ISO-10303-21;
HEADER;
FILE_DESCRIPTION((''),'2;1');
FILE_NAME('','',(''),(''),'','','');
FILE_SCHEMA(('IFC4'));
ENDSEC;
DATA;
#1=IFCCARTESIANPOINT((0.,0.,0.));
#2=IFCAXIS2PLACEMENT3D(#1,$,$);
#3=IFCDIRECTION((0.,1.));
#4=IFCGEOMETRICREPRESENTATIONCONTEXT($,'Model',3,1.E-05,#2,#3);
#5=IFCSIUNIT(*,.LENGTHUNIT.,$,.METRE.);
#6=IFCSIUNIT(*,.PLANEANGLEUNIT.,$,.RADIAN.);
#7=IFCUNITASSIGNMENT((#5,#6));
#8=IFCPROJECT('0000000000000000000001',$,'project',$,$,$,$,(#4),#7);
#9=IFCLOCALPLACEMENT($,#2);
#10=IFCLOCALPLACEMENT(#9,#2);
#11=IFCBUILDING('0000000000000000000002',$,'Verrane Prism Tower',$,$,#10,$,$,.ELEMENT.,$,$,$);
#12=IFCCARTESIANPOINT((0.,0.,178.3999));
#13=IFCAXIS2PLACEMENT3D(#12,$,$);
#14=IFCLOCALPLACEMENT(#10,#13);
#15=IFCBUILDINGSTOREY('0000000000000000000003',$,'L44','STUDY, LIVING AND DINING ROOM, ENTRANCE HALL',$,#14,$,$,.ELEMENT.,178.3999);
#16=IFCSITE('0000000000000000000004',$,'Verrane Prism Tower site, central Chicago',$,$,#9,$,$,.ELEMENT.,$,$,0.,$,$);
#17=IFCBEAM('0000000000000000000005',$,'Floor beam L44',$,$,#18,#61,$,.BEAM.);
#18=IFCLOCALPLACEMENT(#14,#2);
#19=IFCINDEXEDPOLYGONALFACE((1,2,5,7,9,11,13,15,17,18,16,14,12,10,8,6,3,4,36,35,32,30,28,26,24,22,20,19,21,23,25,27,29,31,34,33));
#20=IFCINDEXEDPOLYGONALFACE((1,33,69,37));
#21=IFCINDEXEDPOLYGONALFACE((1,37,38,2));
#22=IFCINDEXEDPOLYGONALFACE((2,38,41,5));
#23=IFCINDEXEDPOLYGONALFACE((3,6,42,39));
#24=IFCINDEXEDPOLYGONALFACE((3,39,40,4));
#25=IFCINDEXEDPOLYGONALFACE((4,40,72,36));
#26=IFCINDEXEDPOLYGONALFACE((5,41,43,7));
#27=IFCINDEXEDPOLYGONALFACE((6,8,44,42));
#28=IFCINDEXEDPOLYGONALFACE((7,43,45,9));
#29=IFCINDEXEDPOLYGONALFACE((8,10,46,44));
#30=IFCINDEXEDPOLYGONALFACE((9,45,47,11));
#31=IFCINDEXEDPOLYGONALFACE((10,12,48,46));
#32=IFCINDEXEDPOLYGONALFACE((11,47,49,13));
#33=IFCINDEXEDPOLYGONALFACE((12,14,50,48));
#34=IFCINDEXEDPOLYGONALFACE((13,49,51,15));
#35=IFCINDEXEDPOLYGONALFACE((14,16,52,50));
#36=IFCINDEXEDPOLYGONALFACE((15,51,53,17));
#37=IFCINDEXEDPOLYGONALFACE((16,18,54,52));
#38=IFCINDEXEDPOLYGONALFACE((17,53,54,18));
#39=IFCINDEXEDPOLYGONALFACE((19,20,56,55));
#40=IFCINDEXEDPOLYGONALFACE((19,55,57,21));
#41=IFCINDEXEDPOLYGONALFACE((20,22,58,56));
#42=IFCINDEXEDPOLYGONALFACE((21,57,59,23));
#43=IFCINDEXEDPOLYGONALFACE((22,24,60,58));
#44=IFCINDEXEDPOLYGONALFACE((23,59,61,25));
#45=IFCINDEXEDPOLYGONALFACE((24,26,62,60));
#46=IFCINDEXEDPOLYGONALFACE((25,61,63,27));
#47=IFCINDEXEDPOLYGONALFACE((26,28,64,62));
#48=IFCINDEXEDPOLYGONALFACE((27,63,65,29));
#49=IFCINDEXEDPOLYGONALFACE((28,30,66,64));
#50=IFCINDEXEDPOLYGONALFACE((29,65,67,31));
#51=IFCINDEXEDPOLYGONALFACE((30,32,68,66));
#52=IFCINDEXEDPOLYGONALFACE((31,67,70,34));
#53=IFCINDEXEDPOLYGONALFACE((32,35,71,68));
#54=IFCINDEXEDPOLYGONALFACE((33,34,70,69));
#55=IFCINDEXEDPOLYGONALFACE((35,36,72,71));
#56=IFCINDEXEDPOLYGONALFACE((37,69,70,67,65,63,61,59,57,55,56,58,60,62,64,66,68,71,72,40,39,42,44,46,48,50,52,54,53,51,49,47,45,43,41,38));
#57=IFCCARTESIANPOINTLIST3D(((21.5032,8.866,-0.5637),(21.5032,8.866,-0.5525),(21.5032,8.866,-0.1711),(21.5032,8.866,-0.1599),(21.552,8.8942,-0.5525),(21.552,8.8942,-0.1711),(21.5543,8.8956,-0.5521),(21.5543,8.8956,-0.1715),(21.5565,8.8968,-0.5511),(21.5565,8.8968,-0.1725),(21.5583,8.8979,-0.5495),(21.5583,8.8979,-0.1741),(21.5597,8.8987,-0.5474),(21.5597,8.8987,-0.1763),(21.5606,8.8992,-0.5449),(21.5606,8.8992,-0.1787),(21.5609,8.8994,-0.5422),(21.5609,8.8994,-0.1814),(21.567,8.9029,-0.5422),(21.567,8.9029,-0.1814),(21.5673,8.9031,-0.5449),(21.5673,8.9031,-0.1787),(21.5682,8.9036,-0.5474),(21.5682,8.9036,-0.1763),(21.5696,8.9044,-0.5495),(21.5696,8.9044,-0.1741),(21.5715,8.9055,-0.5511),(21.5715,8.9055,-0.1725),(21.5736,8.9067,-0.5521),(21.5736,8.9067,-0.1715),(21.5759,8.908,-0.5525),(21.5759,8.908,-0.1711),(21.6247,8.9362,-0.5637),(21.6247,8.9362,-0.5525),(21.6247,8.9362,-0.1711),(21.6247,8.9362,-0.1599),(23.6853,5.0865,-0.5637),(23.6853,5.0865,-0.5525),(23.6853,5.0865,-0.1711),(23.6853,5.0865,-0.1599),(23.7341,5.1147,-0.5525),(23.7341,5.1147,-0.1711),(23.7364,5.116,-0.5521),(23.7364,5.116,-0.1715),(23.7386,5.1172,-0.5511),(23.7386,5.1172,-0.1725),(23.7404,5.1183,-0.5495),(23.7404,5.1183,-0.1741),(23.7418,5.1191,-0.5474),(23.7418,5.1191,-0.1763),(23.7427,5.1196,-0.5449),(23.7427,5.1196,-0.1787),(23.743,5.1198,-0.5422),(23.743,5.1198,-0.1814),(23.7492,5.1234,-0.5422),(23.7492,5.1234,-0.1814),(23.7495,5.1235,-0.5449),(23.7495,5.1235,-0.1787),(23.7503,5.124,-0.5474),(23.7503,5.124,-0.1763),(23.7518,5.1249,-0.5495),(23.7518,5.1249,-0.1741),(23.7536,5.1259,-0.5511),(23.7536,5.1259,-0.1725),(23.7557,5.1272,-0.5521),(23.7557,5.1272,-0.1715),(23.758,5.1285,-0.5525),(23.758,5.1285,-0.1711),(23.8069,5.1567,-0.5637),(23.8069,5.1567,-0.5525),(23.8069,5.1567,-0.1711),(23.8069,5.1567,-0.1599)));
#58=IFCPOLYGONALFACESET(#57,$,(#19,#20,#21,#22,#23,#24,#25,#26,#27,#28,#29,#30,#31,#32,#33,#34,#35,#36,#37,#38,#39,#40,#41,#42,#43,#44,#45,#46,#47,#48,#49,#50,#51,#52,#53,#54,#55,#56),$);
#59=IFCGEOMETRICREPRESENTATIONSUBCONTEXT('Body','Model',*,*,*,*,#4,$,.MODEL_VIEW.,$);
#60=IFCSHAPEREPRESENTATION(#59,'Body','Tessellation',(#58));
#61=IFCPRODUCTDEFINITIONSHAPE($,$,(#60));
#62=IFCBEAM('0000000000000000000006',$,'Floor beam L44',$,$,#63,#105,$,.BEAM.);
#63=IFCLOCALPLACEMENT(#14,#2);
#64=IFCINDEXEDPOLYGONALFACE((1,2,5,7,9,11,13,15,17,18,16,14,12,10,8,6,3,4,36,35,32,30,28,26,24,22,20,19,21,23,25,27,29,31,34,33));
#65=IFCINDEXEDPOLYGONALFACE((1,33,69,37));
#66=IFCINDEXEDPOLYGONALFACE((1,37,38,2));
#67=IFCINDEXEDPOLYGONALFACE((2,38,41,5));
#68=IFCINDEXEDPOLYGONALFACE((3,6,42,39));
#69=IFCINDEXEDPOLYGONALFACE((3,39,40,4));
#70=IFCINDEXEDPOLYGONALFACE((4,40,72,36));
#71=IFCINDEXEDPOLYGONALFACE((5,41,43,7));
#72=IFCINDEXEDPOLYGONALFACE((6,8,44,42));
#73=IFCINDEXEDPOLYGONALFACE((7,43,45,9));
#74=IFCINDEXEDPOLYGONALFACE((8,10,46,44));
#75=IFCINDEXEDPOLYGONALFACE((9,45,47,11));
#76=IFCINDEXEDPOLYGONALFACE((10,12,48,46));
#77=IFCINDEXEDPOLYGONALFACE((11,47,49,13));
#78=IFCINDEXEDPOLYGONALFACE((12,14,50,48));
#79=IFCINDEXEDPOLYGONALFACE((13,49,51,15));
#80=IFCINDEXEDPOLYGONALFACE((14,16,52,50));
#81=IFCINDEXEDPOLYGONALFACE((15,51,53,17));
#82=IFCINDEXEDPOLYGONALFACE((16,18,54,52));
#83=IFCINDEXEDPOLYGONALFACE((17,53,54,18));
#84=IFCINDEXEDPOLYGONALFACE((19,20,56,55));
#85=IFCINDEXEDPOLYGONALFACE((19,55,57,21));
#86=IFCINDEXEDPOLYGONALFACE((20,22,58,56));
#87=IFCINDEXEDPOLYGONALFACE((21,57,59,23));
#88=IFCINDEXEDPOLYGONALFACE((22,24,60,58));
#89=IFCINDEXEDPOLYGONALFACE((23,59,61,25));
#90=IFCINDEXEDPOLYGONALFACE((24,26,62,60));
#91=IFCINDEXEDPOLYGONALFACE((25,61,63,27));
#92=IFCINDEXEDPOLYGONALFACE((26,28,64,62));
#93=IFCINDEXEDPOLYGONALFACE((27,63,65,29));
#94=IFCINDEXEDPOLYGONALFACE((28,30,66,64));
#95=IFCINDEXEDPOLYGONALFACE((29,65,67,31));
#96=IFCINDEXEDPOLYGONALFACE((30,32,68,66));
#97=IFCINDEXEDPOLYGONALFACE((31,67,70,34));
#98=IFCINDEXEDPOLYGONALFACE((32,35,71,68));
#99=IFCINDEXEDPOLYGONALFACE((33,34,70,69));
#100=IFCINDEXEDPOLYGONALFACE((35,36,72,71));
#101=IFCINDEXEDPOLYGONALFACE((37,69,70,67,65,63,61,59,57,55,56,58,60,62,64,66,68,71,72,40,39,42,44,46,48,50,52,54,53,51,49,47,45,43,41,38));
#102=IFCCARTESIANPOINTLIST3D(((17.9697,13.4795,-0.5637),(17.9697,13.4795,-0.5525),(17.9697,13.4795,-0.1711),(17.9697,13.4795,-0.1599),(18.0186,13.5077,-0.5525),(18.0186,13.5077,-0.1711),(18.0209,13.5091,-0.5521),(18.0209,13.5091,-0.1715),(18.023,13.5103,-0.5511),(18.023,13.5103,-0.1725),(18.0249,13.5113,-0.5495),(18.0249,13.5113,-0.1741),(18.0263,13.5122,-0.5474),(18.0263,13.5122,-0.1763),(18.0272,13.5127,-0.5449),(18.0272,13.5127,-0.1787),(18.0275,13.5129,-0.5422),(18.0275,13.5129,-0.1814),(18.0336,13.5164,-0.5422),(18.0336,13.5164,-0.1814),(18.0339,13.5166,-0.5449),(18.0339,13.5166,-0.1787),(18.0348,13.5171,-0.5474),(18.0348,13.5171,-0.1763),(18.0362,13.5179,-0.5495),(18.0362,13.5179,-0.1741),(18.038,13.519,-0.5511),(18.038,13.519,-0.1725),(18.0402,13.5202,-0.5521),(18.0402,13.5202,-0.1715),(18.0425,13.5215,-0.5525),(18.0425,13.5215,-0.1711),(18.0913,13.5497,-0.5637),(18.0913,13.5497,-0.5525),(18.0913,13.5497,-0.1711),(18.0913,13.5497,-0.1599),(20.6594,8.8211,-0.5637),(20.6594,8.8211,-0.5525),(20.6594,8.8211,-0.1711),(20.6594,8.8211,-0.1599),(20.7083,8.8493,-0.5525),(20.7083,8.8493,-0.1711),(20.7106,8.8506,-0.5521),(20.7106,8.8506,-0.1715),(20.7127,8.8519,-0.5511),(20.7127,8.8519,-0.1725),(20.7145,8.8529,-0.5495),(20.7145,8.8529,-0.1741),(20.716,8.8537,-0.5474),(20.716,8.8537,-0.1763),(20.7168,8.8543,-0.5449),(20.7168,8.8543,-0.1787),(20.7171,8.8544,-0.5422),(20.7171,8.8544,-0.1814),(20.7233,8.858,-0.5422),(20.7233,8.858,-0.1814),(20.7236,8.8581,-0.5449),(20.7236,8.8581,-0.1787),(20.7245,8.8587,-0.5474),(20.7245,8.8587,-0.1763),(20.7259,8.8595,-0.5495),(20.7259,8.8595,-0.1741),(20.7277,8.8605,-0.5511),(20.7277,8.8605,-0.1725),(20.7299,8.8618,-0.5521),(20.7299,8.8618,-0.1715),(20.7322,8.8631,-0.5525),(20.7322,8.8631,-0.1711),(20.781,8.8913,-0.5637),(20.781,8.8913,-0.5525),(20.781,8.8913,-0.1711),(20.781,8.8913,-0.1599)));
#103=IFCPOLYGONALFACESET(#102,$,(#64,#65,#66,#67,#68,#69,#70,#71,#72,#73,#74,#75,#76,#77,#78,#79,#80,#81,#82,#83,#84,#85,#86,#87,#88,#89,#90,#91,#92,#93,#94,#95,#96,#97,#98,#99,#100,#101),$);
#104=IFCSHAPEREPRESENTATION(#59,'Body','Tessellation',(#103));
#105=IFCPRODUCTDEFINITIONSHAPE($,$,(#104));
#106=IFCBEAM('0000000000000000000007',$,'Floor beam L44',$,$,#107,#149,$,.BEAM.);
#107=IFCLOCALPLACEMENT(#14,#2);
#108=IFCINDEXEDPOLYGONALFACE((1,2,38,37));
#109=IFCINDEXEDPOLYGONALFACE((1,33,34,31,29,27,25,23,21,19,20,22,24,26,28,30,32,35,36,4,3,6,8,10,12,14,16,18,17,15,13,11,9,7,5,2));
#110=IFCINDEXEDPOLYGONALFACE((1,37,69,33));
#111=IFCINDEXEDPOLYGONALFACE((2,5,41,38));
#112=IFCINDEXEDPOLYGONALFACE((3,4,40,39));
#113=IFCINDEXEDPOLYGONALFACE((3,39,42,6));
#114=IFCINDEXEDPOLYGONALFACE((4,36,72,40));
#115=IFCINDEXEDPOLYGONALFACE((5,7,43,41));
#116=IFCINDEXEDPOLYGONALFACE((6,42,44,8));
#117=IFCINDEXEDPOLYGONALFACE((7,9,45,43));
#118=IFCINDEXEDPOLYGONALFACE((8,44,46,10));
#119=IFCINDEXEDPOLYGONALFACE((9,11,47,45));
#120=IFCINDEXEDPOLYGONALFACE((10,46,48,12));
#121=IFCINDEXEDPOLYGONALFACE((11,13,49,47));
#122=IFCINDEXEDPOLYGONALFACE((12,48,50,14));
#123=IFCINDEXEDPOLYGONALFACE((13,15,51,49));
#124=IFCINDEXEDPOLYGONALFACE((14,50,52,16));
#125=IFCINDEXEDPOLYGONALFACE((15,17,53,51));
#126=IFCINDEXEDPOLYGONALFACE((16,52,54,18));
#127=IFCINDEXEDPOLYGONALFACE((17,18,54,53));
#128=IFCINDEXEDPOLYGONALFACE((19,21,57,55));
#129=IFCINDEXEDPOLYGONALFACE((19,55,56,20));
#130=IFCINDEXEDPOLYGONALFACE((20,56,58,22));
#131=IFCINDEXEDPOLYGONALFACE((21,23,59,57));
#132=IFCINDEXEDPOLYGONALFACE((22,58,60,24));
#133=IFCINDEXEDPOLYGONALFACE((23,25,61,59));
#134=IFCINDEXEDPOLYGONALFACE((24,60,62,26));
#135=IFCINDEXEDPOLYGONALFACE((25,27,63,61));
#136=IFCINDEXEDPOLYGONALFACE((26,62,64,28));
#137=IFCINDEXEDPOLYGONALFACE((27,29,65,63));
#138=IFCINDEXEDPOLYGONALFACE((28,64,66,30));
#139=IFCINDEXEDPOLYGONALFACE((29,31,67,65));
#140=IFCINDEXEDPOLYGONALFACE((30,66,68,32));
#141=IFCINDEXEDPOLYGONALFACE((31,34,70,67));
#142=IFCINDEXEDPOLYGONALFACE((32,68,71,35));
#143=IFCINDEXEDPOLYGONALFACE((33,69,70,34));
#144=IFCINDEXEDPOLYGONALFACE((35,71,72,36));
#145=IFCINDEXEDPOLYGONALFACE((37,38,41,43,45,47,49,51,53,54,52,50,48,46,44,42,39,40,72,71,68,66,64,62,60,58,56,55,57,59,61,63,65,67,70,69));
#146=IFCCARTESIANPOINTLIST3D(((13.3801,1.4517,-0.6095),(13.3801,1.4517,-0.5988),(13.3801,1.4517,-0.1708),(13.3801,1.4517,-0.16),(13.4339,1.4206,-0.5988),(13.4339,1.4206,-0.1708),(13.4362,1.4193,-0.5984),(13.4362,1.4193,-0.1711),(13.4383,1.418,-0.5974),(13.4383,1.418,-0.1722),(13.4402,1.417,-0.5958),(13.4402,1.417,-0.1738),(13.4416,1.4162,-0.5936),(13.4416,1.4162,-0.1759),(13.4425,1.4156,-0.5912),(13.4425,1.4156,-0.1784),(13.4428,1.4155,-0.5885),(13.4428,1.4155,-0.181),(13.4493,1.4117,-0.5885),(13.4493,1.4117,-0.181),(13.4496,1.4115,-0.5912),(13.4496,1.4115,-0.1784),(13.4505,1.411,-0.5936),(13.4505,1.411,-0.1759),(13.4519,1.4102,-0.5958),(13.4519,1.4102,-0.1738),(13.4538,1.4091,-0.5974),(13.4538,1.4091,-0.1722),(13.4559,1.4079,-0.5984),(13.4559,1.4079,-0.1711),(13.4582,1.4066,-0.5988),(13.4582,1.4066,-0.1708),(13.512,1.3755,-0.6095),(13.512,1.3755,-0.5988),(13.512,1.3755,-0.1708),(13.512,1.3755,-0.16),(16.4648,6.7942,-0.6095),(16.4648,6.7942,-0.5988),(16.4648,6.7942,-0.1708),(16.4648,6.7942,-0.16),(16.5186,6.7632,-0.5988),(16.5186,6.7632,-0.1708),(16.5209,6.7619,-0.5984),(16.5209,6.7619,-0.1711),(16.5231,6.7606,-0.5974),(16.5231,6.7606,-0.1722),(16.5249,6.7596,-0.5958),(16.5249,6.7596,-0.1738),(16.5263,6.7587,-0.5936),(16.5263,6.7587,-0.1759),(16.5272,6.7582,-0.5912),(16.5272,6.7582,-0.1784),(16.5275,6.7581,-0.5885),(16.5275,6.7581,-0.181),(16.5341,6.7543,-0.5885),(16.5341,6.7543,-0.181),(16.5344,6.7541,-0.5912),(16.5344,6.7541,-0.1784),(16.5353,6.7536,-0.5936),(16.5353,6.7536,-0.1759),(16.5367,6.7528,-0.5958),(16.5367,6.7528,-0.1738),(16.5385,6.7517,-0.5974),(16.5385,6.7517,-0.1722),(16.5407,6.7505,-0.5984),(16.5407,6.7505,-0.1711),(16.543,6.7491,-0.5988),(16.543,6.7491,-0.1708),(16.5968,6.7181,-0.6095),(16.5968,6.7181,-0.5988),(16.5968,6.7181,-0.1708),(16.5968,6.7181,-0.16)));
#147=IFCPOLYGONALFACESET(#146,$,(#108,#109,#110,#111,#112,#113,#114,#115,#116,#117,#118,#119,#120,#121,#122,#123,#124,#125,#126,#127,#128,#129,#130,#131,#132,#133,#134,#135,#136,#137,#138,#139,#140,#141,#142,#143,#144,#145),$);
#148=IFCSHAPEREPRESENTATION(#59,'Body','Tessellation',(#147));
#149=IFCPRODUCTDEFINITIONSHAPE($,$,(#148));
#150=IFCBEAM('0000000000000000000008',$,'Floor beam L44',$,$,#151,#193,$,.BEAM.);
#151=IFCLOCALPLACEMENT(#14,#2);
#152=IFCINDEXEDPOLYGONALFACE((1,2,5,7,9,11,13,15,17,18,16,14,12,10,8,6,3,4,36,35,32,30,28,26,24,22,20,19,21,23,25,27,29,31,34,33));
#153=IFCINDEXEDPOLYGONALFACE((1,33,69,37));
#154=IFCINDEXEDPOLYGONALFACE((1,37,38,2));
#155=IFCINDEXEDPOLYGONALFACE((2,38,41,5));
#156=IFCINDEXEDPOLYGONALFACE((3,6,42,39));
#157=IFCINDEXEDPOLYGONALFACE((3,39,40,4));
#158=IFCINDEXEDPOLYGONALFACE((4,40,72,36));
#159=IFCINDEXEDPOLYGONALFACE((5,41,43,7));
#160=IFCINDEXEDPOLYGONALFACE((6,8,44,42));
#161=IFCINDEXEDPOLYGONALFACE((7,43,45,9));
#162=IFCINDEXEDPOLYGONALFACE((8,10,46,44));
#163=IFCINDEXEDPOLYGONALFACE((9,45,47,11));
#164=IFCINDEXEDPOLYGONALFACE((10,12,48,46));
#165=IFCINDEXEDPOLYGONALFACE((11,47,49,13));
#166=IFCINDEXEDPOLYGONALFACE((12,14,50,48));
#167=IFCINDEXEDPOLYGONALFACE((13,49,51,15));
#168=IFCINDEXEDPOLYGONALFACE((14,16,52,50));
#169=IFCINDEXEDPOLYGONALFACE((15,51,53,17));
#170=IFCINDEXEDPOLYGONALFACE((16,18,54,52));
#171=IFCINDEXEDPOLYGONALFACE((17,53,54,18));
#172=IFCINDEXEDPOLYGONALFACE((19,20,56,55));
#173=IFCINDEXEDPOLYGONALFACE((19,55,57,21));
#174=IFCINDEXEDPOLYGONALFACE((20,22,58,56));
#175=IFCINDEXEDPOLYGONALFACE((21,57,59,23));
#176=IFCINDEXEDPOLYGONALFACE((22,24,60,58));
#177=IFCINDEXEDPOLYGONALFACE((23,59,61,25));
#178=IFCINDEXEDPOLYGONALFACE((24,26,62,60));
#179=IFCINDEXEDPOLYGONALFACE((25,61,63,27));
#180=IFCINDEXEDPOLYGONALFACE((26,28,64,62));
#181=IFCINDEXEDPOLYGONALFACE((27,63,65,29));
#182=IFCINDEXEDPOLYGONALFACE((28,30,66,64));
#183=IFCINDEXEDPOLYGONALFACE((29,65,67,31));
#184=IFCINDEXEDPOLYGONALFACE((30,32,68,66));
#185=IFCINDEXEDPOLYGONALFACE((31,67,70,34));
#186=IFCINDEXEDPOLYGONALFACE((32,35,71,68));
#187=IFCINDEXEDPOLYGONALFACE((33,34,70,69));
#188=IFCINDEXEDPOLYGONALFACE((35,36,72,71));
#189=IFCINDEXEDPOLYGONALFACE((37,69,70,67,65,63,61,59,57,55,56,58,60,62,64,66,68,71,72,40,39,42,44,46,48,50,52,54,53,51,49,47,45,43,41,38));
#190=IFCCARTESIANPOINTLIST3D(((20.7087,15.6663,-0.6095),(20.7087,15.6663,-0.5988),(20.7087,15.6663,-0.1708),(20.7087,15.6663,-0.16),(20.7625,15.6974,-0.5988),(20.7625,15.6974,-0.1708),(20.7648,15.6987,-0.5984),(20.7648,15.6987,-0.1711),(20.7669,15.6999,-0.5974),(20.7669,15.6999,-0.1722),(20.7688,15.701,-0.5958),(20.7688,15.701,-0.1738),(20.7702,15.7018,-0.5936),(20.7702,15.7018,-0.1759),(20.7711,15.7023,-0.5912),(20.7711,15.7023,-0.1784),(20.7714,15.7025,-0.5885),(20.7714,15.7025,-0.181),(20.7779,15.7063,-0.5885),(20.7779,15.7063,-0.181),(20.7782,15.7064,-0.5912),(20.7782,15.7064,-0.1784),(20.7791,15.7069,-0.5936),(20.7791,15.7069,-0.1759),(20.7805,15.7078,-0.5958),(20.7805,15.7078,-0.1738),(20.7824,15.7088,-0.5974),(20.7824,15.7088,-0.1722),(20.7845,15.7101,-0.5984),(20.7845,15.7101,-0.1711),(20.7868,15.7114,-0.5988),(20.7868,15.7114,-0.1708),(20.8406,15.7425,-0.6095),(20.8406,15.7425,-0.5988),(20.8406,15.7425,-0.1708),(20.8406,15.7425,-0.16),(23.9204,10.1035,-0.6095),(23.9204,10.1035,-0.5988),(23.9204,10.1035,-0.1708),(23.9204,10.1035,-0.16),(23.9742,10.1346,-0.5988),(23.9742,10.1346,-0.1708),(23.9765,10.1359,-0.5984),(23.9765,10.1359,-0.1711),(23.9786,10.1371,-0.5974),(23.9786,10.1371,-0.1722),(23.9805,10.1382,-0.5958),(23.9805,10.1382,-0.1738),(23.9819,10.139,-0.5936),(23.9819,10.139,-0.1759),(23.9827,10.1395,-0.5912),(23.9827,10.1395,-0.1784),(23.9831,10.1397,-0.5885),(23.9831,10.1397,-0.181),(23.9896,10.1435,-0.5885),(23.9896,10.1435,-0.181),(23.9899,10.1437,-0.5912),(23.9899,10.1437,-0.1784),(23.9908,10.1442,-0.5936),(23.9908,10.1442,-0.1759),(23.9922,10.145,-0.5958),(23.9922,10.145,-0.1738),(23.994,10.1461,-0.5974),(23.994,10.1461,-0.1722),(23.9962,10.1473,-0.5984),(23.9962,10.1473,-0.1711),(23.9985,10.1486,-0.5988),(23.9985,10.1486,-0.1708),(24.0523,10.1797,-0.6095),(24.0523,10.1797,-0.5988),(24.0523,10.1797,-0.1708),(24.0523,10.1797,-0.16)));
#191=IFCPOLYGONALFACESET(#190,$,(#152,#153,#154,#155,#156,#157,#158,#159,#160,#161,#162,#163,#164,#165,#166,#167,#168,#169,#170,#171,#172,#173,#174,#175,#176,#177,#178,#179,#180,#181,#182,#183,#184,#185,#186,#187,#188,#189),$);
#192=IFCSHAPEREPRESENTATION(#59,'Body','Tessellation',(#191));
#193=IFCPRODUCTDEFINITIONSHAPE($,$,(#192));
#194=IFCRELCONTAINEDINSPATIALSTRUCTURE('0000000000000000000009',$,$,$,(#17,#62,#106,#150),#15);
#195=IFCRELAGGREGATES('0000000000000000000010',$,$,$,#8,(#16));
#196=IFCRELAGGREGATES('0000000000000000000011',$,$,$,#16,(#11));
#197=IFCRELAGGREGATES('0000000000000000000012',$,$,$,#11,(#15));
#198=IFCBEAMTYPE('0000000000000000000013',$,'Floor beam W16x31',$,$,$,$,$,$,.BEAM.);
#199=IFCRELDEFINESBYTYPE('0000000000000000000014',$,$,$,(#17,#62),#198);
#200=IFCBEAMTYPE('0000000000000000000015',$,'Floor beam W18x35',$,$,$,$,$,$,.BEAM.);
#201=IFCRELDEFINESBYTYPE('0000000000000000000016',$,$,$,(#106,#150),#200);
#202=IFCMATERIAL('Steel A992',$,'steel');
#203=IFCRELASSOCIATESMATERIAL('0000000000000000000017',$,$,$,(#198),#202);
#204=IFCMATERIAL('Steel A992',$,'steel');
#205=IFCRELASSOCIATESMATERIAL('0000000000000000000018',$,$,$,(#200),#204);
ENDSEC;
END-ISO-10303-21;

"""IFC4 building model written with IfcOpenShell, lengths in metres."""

from ifc_helpers import new_model, si_unit, direction, frame, origin, origin_2d, place, context, subcontext, project, spatial, i_section, extrude, material, material_profile, profile_set, type_object, element, save


model = new_model("IFC4")

# Units and contexts
model_context = context("Model", 3, precision=1e-05, world=origin(), true_north=direction((0.0, 1.0)))
body_context = subcontext(model_context, "Body", "Model", "MODEL_VIEW")
ifc_project = project(units=[si_unit("LENGTHUNIT", "METRE"), si_unit("PLANEANGLEUNIT", "RADIAN")], contexts=[model_context])

# Site, building, storey
site_placement = place(None, origin())
site = spatial("IfcSite", under=ifc_project, at=site_placement, Name="Verrane Prism Tower site, central Chicago", CompositionType="ELEMENT", RefElevation=0.0)
building_placement = place(site_placement, origin())
building = spatial("IfcBuilding", under=site, at=building_placement, Name="Verrane Prism Tower", CompositionType="ELEMENT")
storey_placement = place(building_placement, frame((0.0, 0.0, 178.3999)))
storey = spatial("IfcBuildingStorey", under=building, at=storey_placement, Name="L44", Description="STUDY, LIVING AND DINING ROOM, ENTRANCE HALL", CompositionType="ELEMENT", Elevation=178.3999)

# Beams
ifc_material_1 = material(Name="Steel A992", Category="steel")
ifc_material_profile_1 = material_profile(ifc_material_1, i_section(OverallWidth=0.1404, OverallDepth=0.4038, WebThickness=0.0071, FlangeThickness=0.0112, FilletRadius=0.0103, at=origin_2d()), Name="W16x31")
ifc_profile_set_1 = profile_set([ifc_material_profile_1], Name="Steel A992")
beam_type_1 = type_object("IfcBeamType", Name="Floor beam W16x31", PredefinedType="BEAM", material=ifc_profile_set_1)
beam_1_placement = place(storey_placement, frame((23.7461, 5.1216, -0.3618), z_axis=(-0.500002, 0.866024, 0.0), x_axis=(-0.866024, -0.500002, 0.0)))
element("IfcBeam", 1, at=beam_1_placement, inside=storey, type_object=beam_type_1, Name="Floor beam L44", PredefinedType="BEAM", context=body_context, shape_type="SweptSolid", body=[
    extrude(i_section(OverallWidth=0.1404, OverallDepth=0.4038, WebThickness=0.0071, FlangeThickness=0.0112, FilletRadius=0.0103, at=origin_2d()), origin(), (0.0, 0.0, 1.0), 4.3643),
])
beam_2_placement = place(storey_placement, frame((20.7202, 8.8562, -0.3618), z_axis=(-0.50002, 0.866014, 0.0), x_axis=(-0.866014, -0.50002, 0.0)))
element("IfcBeam", 2, at=beam_2_placement, inside=storey, type_object=beam_type_1, Name="Floor beam L44", PredefinedType="BEAM", context=body_context, shape_type="SweptSolid", body=[
    extrude(i_section(OverallWidth=0.1404, OverallDepth=0.4038, WebThickness=0.0071, FlangeThickness=0.0112, FilletRadius=0.0103, at=origin_2d()), origin(), (0.0, 0.0, 1.0), 5.3792),
])
ifc_material_2 = material(Name="Steel A992", Category="steel")
ifc_material_profile_2 = material_profile(ifc_material_2, i_section(OverallWidth=0.1523, OverallDepth=0.4495, WebThickness=0.0076, FlangeThickness=0.0107, FilletRadius=0.0103, at=origin_2d()), Name="W18x35")
ifc_profile_set_2 = profile_set([ifc_material_profile_2], Name="Steel A992")
beam_type_2 = type_object("IfcBeamType", Name="Floor beam W18x35", PredefinedType="BEAM", material=ifc_profile_set_2)
beam_3_placement = place(storey_placement, frame((13.446, 1.4136, -0.3848), z_axis=(0.500025, 0.866011, 0.0), x_axis=(-0.866011, 0.500025, 0.0)))
element("IfcBeam", 3, at=beam_3_placement, inside=storey, type_object=beam_type_2, Name="Floor beam L44", PredefinedType="BEAM", context=body_context, shape_type="SweptSolid", body=[
    extrude(i_section(OverallWidth=0.1523, OverallDepth=0.4495, WebThickness=0.0076, FlangeThickness=0.0107, FilletRadius=0.0103, at=origin_2d()), origin(), (0.0, 0.0, 1.0), 6.1692),
])
beam_4_placement = place(storey_placement, frame((23.9863, 10.1416, -0.3848), z_axis=(-0.500002, 0.866024, 0.0), x_axis=(-0.866024, -0.500002, 0.0)))
element("IfcBeam", 4, at=beam_4_placement, inside=storey, type_object=beam_type_2, Name="Floor beam L44", PredefinedType="BEAM", context=body_context, shape_type="SweptSolid", body=[
    extrude(i_section(OverallWidth=0.1523, OverallDepth=0.4495, WebThickness=0.0076, FlangeThickness=0.0107, FilletRadius=0.0103, at=origin_2d()), origin(), (0.0, 0.0, 1.0), 6.4233),
])

save(model, "model.ifc")
